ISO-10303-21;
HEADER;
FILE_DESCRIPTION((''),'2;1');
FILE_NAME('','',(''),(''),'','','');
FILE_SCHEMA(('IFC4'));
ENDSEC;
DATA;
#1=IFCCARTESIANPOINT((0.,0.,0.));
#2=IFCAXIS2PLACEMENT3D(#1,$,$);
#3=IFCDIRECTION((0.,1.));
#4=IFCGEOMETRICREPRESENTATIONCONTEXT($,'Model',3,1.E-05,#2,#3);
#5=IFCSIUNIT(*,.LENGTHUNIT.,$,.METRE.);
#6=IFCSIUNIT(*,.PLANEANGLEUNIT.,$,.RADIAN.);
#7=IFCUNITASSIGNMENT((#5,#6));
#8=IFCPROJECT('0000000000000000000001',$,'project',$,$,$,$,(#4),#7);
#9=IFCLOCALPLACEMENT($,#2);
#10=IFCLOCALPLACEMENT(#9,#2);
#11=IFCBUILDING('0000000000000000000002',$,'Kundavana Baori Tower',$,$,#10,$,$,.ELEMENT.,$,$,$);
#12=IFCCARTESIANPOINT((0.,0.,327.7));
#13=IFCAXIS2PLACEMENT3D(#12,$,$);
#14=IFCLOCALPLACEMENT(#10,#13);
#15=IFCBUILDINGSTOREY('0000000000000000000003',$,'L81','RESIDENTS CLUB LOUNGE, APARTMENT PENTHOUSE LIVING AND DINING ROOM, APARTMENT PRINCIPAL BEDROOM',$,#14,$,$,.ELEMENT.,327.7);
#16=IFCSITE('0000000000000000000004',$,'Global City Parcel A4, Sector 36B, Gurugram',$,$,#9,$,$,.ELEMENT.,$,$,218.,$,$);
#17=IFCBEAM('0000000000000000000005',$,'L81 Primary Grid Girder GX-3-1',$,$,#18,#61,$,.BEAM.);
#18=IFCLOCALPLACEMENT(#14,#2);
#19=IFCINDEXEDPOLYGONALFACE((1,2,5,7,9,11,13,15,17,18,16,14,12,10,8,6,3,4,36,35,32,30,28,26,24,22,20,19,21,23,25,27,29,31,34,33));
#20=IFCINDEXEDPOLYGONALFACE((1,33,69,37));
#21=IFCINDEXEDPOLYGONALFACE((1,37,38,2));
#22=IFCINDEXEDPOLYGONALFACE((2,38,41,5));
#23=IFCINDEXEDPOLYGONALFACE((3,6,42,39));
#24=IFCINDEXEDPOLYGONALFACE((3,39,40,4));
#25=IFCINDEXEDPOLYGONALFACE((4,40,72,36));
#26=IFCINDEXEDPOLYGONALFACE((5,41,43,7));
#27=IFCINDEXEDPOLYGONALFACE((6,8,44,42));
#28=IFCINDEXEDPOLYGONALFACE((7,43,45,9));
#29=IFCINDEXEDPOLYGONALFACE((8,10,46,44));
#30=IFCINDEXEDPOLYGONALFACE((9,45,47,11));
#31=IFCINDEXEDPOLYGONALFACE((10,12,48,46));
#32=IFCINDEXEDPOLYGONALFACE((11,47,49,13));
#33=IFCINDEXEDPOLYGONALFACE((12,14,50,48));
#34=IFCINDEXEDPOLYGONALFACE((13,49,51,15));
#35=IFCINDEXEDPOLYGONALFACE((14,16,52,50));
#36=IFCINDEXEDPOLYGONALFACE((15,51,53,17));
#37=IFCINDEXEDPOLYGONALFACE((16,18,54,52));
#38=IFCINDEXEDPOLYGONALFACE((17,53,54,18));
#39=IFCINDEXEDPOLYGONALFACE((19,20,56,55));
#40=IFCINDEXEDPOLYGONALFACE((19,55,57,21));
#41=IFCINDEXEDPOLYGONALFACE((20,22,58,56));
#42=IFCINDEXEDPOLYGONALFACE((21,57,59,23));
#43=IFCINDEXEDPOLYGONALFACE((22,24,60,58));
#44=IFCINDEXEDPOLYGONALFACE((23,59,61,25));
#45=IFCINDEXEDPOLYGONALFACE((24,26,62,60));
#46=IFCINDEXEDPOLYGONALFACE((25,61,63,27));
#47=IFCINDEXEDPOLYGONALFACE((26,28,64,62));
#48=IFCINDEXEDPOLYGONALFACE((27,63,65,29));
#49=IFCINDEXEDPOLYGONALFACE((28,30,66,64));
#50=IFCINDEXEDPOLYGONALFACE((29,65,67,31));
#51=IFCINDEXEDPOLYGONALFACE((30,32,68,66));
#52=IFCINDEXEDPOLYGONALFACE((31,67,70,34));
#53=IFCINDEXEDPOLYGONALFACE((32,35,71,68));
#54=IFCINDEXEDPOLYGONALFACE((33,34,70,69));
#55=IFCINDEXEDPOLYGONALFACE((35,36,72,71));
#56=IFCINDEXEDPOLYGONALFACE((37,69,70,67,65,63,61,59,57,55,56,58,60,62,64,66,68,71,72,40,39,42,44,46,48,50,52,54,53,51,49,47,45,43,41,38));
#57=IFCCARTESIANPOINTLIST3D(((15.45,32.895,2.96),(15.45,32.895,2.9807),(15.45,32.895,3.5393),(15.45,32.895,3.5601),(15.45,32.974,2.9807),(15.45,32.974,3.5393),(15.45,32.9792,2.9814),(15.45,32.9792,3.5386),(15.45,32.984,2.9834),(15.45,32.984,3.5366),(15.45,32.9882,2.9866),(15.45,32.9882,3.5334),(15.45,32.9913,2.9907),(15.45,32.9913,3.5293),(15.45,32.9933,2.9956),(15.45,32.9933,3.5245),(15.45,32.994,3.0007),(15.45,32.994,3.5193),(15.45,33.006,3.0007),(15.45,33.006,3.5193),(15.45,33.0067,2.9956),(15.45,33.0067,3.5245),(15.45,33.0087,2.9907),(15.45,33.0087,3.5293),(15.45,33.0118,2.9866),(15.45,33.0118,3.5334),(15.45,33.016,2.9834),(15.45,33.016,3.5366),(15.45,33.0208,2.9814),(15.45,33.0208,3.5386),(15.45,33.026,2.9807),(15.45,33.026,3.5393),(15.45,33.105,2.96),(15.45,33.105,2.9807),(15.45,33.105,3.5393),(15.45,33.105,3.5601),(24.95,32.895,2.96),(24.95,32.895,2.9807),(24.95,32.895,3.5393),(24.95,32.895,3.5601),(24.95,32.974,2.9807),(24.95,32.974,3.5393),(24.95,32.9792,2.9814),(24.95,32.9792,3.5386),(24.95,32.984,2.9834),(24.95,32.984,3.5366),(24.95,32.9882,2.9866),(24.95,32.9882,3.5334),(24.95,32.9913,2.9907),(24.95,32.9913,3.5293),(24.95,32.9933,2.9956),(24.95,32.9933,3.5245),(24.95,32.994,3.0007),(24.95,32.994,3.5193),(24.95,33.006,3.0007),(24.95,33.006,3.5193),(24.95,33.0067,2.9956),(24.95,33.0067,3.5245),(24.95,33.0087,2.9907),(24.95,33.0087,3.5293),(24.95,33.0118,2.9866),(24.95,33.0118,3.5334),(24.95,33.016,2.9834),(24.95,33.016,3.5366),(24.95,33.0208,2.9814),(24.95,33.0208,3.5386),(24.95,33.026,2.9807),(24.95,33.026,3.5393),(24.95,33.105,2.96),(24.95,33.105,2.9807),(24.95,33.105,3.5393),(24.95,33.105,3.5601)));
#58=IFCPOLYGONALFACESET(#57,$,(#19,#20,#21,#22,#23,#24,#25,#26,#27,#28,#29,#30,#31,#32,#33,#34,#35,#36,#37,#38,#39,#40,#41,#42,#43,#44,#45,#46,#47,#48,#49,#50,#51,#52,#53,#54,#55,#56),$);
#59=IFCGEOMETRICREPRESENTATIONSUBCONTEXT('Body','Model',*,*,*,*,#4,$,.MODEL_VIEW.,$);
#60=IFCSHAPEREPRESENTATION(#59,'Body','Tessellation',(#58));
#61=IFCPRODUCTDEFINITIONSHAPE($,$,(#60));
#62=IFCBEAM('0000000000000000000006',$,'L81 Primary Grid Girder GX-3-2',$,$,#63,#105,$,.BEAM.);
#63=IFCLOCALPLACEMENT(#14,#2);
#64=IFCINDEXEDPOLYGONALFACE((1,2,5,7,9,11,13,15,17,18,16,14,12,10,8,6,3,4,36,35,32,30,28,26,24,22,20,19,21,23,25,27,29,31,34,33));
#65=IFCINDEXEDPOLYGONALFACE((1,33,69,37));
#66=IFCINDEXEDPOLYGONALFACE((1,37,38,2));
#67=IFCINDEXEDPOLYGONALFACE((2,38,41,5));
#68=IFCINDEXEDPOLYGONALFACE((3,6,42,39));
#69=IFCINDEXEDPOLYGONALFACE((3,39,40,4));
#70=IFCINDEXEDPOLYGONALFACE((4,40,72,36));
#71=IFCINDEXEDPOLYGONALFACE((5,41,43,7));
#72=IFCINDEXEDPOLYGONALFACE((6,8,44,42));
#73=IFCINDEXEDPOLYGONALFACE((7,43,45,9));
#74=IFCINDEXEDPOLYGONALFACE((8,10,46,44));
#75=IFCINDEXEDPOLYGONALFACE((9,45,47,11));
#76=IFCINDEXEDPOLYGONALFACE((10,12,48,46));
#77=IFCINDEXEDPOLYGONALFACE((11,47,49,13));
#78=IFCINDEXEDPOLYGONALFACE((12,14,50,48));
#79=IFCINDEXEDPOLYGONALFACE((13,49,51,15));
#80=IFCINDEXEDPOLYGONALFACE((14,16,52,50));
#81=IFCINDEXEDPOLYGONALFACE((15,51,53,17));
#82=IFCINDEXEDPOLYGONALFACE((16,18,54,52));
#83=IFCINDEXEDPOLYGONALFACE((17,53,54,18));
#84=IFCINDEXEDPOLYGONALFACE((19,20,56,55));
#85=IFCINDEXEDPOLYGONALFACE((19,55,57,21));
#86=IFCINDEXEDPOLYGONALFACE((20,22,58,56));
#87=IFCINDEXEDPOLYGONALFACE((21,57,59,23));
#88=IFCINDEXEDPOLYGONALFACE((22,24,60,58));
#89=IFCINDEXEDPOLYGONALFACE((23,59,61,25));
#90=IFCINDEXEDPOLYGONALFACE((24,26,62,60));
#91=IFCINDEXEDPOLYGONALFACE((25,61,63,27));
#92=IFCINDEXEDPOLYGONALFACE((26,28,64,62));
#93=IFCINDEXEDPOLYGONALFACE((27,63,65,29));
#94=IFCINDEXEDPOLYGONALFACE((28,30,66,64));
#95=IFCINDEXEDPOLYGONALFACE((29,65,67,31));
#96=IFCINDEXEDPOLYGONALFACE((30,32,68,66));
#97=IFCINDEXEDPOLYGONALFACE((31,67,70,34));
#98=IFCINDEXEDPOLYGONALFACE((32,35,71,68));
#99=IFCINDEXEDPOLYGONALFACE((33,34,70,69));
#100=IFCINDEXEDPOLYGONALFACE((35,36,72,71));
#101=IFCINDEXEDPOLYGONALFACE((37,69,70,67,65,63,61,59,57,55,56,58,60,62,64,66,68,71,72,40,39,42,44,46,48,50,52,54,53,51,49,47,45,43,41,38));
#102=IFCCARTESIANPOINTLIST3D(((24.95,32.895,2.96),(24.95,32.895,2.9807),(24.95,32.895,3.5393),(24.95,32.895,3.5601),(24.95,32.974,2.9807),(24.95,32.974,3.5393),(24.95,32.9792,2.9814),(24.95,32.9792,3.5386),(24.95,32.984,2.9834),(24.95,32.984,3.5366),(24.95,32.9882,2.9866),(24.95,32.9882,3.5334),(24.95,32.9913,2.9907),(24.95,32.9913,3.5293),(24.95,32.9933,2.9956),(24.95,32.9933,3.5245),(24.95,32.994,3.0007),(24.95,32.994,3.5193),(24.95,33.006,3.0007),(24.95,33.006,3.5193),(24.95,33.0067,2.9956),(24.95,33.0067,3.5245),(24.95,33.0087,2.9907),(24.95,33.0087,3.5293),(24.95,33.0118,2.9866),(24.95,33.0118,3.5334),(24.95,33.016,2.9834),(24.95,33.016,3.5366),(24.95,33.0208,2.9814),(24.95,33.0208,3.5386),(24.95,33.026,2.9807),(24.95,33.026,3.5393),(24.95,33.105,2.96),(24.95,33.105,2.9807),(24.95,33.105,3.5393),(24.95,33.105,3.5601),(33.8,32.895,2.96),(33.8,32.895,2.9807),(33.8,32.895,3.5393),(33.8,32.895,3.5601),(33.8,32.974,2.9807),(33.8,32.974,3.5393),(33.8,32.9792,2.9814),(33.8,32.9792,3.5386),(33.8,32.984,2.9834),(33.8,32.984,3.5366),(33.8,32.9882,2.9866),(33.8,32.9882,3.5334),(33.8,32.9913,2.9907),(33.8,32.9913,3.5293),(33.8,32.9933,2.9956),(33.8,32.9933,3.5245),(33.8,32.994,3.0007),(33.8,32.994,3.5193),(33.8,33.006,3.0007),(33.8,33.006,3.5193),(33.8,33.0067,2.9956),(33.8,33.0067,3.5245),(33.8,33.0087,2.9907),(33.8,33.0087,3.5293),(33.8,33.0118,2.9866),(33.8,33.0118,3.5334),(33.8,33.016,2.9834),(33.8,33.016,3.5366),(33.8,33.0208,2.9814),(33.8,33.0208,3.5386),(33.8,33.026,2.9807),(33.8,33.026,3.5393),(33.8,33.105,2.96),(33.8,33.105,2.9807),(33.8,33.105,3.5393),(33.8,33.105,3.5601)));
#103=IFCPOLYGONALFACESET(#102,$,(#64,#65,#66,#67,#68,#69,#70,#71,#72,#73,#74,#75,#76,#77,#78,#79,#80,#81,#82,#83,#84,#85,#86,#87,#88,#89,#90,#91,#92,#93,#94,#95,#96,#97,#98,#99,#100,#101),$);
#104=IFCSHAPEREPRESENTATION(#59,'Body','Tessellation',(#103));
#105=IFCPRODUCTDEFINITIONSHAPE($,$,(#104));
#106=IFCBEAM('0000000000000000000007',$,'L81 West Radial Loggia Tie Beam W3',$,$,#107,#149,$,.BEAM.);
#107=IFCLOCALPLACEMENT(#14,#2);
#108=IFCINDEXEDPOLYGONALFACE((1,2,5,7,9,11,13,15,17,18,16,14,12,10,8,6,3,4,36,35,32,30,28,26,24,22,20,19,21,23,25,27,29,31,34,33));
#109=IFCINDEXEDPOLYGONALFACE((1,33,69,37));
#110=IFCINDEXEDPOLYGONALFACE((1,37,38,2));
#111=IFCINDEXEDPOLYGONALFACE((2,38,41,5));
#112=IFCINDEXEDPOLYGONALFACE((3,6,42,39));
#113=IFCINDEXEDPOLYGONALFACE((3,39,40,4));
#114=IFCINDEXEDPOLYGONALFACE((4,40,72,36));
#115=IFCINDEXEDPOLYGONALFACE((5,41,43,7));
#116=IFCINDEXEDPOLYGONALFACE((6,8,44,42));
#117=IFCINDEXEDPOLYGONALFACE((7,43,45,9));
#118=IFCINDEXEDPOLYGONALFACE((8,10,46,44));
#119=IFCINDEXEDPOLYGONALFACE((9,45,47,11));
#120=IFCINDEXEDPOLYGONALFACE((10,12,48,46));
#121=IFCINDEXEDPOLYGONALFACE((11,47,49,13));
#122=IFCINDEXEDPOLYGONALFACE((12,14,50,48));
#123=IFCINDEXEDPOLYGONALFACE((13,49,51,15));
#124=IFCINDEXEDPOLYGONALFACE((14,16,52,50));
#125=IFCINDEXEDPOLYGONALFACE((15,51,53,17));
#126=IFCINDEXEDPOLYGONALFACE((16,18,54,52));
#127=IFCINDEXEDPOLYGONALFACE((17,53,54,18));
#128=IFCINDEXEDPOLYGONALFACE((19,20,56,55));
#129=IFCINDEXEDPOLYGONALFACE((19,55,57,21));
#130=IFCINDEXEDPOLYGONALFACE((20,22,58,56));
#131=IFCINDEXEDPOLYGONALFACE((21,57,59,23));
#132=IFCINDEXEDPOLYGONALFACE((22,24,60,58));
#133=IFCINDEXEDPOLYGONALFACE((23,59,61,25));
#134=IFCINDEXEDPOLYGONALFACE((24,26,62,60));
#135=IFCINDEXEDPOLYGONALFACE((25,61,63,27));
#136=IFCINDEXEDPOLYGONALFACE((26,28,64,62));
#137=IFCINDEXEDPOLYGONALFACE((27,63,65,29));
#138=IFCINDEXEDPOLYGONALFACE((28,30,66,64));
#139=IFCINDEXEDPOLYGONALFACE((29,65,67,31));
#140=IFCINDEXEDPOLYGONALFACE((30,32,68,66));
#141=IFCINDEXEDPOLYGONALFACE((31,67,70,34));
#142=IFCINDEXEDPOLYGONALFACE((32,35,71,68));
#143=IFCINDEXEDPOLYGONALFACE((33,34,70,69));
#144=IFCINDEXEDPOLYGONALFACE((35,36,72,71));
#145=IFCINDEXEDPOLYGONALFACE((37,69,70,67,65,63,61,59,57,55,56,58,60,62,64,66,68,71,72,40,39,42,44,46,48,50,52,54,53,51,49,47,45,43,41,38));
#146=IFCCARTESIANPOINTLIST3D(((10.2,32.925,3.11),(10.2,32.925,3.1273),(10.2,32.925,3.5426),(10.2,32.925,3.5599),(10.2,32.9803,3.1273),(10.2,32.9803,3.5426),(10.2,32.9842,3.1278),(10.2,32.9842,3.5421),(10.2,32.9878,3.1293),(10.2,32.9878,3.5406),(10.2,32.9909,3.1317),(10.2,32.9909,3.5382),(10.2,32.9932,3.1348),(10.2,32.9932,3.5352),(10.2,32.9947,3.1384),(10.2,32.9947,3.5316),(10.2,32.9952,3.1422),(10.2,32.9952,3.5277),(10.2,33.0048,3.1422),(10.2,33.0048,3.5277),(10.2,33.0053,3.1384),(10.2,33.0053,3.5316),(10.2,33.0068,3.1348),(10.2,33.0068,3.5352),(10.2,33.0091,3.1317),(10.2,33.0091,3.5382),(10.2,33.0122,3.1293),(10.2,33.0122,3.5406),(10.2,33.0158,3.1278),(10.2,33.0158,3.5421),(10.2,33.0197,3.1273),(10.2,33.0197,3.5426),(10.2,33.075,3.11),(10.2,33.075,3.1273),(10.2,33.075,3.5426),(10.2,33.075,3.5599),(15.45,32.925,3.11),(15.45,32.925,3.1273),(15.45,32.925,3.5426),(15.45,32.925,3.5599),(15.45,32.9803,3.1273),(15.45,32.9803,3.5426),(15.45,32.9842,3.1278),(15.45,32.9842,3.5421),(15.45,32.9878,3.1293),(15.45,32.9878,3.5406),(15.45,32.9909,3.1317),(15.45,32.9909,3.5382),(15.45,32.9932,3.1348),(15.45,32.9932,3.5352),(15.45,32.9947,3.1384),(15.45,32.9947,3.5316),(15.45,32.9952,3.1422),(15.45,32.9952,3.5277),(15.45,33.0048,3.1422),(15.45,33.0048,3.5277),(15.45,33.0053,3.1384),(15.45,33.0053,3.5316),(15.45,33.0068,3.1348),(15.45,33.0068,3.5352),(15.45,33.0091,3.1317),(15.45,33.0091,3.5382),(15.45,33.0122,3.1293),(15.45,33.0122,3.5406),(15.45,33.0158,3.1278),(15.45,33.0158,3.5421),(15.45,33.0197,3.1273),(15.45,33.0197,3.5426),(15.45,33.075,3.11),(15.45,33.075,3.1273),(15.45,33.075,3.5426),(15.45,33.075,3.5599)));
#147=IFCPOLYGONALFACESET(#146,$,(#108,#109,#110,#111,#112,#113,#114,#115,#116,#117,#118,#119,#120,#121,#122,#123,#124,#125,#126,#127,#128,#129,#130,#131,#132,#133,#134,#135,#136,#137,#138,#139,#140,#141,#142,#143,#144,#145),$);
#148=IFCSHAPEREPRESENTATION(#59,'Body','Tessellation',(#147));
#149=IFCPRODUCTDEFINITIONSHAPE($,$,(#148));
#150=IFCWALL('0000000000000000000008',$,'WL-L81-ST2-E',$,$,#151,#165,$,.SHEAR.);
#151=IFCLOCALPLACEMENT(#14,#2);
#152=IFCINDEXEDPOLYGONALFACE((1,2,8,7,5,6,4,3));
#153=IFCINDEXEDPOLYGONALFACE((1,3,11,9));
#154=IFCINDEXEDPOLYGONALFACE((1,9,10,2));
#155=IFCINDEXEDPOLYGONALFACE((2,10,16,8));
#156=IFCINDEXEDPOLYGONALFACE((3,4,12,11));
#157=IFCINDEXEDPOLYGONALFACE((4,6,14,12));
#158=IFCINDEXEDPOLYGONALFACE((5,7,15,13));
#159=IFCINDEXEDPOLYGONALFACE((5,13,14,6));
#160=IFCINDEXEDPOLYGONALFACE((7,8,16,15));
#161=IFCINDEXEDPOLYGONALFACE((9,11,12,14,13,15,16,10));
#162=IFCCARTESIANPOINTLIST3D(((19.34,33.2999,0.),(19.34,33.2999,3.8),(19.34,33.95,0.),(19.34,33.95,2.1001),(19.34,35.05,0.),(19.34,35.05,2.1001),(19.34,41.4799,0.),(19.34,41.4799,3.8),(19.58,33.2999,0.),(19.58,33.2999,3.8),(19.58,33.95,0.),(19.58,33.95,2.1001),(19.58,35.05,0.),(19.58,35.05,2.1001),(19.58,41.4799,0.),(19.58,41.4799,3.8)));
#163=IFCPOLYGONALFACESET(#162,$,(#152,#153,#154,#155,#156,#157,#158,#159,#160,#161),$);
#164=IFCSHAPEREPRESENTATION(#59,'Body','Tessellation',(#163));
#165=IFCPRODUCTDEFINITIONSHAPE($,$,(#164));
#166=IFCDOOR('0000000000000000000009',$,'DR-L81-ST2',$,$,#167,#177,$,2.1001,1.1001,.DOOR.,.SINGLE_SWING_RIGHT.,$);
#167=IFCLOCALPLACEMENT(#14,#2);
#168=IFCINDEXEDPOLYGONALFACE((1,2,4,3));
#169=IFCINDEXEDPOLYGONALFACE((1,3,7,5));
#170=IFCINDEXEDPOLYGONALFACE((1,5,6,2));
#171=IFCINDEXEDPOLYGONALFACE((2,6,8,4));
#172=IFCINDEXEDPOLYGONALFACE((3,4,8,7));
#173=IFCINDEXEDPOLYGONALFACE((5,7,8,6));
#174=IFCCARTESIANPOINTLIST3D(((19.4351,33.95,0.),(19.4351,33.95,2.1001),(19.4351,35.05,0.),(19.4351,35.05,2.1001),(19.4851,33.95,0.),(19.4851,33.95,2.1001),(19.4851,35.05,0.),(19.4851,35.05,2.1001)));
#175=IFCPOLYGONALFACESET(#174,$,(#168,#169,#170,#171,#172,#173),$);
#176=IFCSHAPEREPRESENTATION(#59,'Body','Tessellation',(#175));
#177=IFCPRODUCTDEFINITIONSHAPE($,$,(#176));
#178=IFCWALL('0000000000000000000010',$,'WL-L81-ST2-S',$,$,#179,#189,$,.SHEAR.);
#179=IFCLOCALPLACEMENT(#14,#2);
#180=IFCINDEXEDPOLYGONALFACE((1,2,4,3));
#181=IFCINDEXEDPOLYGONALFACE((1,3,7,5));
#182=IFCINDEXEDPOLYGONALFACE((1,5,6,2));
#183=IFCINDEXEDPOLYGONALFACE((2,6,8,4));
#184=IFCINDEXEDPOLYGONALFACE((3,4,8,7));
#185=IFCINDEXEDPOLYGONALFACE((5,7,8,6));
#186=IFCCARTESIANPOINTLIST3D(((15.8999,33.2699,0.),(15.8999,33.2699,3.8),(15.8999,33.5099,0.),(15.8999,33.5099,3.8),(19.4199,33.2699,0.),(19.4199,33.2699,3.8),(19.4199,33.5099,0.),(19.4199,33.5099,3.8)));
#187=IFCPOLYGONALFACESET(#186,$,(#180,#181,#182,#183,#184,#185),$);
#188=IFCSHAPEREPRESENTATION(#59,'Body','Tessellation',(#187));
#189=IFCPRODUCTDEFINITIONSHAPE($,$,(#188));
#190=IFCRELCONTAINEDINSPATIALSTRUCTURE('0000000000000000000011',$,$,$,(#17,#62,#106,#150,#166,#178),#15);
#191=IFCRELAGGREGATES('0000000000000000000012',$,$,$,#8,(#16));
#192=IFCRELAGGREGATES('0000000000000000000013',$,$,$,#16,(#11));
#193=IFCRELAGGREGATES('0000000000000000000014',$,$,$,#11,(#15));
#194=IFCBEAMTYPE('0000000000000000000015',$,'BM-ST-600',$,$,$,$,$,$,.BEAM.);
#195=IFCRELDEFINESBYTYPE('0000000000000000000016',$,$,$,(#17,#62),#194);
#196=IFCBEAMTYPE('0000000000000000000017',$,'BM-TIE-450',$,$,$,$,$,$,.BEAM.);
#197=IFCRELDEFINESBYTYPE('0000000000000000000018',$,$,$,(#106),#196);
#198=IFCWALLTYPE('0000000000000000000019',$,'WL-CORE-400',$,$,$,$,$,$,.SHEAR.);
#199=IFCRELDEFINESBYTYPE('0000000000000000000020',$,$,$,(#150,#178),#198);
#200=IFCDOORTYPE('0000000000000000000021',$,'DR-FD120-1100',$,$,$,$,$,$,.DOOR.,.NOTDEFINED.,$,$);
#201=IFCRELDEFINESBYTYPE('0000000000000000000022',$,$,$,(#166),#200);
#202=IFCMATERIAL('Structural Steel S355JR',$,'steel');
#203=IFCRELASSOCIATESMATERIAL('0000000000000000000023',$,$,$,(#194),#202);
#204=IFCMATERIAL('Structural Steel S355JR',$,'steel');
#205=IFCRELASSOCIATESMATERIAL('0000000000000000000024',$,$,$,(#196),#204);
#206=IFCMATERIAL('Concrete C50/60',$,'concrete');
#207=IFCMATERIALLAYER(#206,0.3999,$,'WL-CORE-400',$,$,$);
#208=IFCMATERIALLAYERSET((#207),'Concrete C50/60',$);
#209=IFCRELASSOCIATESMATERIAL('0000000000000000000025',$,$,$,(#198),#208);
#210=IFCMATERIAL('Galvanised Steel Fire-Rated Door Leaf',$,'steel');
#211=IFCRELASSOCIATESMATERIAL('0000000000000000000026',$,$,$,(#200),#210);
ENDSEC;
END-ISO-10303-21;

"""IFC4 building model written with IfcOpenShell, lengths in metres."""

from ifc_helpers import new_model, si_unit, direction, frame, frame_2d, origin, origin_2d, place, context, subcontext, project, spatial, rectangle, i_section, extrude, material, layer, layer_set, material_profile, profile_set, type_object, element, fill, save


model = new_model("IFC4")

# Units and contexts
model_context = context("Model", 3, precision=1e-05, world=origin(), true_north=direction((0.0, 1.0)))
body_context = subcontext(model_context, "Body", "Model", "MODEL_VIEW")
ifc_project = project(units=[si_unit("LENGTHUNIT", "METRE"), si_unit("PLANEANGLEUNIT", "RADIAN")], contexts=[model_context])

# Site, building, storey
site_placement = place(None, origin())
site = spatial("IfcSite", under=ifc_project, at=site_placement, Name="Global City Parcel A4, Sector 36B, Gurugram", CompositionType="ELEMENT", RefElevation=218.0)
building_placement = place(site_placement, origin())
building = spatial("IfcBuilding", under=site, at=building_placement, Name="Kundavana Baori Tower", CompositionType="ELEMENT")
storey_placement = place(building_placement, frame((0.0, 0.0, 327.7)))
storey = spatial("IfcBuildingStorey", under=building, at=storey_placement, Name="L81", Description="RESIDENTS CLUB LOUNGE, APARTMENT PENTHOUSE LIVING AND DINING ROOM, APARTMENT PRINCIPAL BEDROOM", CompositionType="ELEMENT", Elevation=327.7)

# Beams
ifc_material_1 = material(Name="Structural Steel S355JR", Category="steel")
ifc_material_profile_1 = material_profile(ifc_material_1, i_section(OverallWidth=0.21, OverallDepth=0.6001, WebThickness=0.012, FlangeThickness=0.0208, FilletRadius=0.02, at=origin_2d()), Name="ISMB 600")
ifc_profile_set_1 = profile_set([ifc_material_profile_1], Name="Structural Steel S355JR")
beam_type_1 = type_object("IfcBeamType", Name="BM-ST-600", PredefinedType="BEAM", material=ifc_profile_set_1)
beam_1_placement = place(storey_placement, frame((15.45, 33.0, 3.26), z_axis=(1.0, 0.0, 0.0), x_axis=(0.0, 1.0, 0.0)))
element("IfcBeam", 1, at=beam_1_placement, inside=storey, type_object=beam_type_1, Name="L81 Primary Grid Girder GX-3-1", PredefinedType="BEAM", context=body_context, shape_type="SweptSolid", body=[
    extrude(i_section(OverallWidth=0.21, OverallDepth=0.6001, WebThickness=0.012, FlangeThickness=0.0208, FilletRadius=0.02, at=origin_2d()), origin(), (0.0, 0.0, 1.0), 9.5),
])
beam_2_placement = place(storey_placement, frame((24.95, 33.0, 3.26), z_axis=(1.0, 0.0, 0.0), x_axis=(0.0, 1.0, 0.0)))
element("IfcBeam", 2, at=beam_2_placement, inside=storey, type_object=beam_type_1, Name="L81 Primary Grid Girder GX-3-2", PredefinedType="BEAM", context=body_context, shape_type="SweptSolid", body=[
    extrude(i_section(OverallWidth=0.21, OverallDepth=0.6001, WebThickness=0.012, FlangeThickness=0.0208, FilletRadius=0.02, at=origin_2d()), origin(), (0.0, 0.0, 1.0), 8.8501),
])
ifc_material_2 = material(Name="Structural Steel S355JR", Category="steel")
ifc_material_profile_2 = material_profile(ifc_material_2, i_section(OverallWidth=0.1499, OverallDepth=0.45, WebThickness=0.0095, FlangeThickness=0.0173, FilletRadius=0.0149, at=origin_2d()), Name="ISMB 450")
ifc_profile_set_2 = profile_set([ifc_material_profile_2], Name="Structural Steel S355JR")
beam_type_2 = type_object("IfcBeamType", Name="BM-TIE-450", PredefinedType="BEAM", material=ifc_profile_set_2)
beam_3_placement = place(storey_placement, frame((15.45, 33.0, 3.335), z_axis=(-1.0, 0.0, 0.0), x_axis=(0.0, -1.0, 0.0)))
element("IfcBeam", 3, at=beam_3_placement, inside=storey, type_object=beam_type_2, Name="L81 West Radial Loggia Tie Beam W3", PredefinedType="BEAM", context=body_context, shape_type="SweptSolid", body=[
    extrude(i_section(OverallWidth=0.1499, OverallDepth=0.45, WebThickness=0.0095, FlangeThickness=0.0173, FilletRadius=0.0149, at=origin_2d()), origin(), (0.0, 0.0, 1.0), 5.25),
])

# Wall, opening, door
ifc_material_3 = material(Name="Concrete C50/60", Category="concrete")
ifc_layer_1 = layer(ifc_material_3, 0.3999, Name="WL-CORE-400")
ifc_layer_set_1 = layer_set([ifc_layer_1], Name="Concrete C50/60")
wall_type_1 = type_object("IfcWallType", Name="WL-CORE-400", PredefinedType="SHEAR", material=ifc_layer_set_1)
wall_1_placement = place(storey_placement, frame((19.46, 33.3, 0.0), z_axis=(0.0, 0.0, 1.0), x_axis=(0.0, 1.0, 0.0)))
wall_1 = element("IfcWall", 4, at=wall_1_placement, inside=storey, type_object=wall_type_1, Name="WL-L81-ST2-E", PredefinedType="SHEAR", context=body_context, shape_type="SweptSolid", body=[
    extrude(rectangle(XDim=8.1799, YDim=0.24, at=frame_2d((4.0898, 0.0))), origin(), (0.0, 0.0, 1.0), 3.8),
])
opening_1_placement = place(wall_1_placement, frame((0.6499, 0.0, 0.0)))
opening_1 = element("IfcOpeningElement", 5, at=opening_1_placement, cuts=wall_1, PredefinedType="OPENING", context=body_context, shape_type="SweptSolid", body=[
    extrude(rectangle(XDim=1.1001, YDim=2.1001, at=frame_2d((0.55, 1.05))), frame((0.0, 0.1299, 0.0), z_axis=(0.0, -1.0, 0.0), x_axis=(1.0, 0.0, 0.0)), (0.0, 0.0, 1.0), 0.26),
])
ifc_material_4 = material(Name="Galvanised Steel Fire-Rated Door Leaf", Category="steel")
door_type_1 = type_object("IfcDoorType", Name="DR-FD120-1100", OperationType="NOTDEFINED", PredefinedType="DOOR", material=ifc_material_4)
door_1_placement = place(opening_1_placement, origin())
door_1 = element("IfcDoor", 6, at=door_1_placement, inside=storey, type_object=door_type_1, Name="DR-L81-ST2", OperationType="SINGLE_SWING_RIGHT", OverallHeight=2.1001, OverallWidth=1.1001, PredefinedType="DOOR", context=body_context, shape_type="SweptSolid", body=[
    extrude(rectangle(XDim=1.1001, YDim=2.1001, at=frame_2d((0.55, 1.05))), frame((0.0, 0.0249, 0.0), z_axis=(0.0, -1.0, 0.0), x_axis=(1.0, 0.0, 0.0)), (0.0, 0.0, 1.0), 0.05),
])
fill(opening_1, door_1)

# Wall
wall_2_placement = place(storey_placement, frame((15.8999, 33.3899, 0.0), z_axis=(0.0, 0.0, 1.0), x_axis=(1.0, 0.0, 0.0)))
element("IfcWall", 7, at=wall_2_placement, inside=storey, type_object=wall_type_1, Name="WL-L81-ST2-S", PredefinedType="SHEAR", context=body_context, shape_type="SweptSolid", body=[
    extrude(rectangle(XDim=3.52, YDim=0.24, at=frame_2d((1.76, 0.0))), origin(), (0.0, 0.0, 1.0), 3.8),
])

save(model, "model.ifc")
